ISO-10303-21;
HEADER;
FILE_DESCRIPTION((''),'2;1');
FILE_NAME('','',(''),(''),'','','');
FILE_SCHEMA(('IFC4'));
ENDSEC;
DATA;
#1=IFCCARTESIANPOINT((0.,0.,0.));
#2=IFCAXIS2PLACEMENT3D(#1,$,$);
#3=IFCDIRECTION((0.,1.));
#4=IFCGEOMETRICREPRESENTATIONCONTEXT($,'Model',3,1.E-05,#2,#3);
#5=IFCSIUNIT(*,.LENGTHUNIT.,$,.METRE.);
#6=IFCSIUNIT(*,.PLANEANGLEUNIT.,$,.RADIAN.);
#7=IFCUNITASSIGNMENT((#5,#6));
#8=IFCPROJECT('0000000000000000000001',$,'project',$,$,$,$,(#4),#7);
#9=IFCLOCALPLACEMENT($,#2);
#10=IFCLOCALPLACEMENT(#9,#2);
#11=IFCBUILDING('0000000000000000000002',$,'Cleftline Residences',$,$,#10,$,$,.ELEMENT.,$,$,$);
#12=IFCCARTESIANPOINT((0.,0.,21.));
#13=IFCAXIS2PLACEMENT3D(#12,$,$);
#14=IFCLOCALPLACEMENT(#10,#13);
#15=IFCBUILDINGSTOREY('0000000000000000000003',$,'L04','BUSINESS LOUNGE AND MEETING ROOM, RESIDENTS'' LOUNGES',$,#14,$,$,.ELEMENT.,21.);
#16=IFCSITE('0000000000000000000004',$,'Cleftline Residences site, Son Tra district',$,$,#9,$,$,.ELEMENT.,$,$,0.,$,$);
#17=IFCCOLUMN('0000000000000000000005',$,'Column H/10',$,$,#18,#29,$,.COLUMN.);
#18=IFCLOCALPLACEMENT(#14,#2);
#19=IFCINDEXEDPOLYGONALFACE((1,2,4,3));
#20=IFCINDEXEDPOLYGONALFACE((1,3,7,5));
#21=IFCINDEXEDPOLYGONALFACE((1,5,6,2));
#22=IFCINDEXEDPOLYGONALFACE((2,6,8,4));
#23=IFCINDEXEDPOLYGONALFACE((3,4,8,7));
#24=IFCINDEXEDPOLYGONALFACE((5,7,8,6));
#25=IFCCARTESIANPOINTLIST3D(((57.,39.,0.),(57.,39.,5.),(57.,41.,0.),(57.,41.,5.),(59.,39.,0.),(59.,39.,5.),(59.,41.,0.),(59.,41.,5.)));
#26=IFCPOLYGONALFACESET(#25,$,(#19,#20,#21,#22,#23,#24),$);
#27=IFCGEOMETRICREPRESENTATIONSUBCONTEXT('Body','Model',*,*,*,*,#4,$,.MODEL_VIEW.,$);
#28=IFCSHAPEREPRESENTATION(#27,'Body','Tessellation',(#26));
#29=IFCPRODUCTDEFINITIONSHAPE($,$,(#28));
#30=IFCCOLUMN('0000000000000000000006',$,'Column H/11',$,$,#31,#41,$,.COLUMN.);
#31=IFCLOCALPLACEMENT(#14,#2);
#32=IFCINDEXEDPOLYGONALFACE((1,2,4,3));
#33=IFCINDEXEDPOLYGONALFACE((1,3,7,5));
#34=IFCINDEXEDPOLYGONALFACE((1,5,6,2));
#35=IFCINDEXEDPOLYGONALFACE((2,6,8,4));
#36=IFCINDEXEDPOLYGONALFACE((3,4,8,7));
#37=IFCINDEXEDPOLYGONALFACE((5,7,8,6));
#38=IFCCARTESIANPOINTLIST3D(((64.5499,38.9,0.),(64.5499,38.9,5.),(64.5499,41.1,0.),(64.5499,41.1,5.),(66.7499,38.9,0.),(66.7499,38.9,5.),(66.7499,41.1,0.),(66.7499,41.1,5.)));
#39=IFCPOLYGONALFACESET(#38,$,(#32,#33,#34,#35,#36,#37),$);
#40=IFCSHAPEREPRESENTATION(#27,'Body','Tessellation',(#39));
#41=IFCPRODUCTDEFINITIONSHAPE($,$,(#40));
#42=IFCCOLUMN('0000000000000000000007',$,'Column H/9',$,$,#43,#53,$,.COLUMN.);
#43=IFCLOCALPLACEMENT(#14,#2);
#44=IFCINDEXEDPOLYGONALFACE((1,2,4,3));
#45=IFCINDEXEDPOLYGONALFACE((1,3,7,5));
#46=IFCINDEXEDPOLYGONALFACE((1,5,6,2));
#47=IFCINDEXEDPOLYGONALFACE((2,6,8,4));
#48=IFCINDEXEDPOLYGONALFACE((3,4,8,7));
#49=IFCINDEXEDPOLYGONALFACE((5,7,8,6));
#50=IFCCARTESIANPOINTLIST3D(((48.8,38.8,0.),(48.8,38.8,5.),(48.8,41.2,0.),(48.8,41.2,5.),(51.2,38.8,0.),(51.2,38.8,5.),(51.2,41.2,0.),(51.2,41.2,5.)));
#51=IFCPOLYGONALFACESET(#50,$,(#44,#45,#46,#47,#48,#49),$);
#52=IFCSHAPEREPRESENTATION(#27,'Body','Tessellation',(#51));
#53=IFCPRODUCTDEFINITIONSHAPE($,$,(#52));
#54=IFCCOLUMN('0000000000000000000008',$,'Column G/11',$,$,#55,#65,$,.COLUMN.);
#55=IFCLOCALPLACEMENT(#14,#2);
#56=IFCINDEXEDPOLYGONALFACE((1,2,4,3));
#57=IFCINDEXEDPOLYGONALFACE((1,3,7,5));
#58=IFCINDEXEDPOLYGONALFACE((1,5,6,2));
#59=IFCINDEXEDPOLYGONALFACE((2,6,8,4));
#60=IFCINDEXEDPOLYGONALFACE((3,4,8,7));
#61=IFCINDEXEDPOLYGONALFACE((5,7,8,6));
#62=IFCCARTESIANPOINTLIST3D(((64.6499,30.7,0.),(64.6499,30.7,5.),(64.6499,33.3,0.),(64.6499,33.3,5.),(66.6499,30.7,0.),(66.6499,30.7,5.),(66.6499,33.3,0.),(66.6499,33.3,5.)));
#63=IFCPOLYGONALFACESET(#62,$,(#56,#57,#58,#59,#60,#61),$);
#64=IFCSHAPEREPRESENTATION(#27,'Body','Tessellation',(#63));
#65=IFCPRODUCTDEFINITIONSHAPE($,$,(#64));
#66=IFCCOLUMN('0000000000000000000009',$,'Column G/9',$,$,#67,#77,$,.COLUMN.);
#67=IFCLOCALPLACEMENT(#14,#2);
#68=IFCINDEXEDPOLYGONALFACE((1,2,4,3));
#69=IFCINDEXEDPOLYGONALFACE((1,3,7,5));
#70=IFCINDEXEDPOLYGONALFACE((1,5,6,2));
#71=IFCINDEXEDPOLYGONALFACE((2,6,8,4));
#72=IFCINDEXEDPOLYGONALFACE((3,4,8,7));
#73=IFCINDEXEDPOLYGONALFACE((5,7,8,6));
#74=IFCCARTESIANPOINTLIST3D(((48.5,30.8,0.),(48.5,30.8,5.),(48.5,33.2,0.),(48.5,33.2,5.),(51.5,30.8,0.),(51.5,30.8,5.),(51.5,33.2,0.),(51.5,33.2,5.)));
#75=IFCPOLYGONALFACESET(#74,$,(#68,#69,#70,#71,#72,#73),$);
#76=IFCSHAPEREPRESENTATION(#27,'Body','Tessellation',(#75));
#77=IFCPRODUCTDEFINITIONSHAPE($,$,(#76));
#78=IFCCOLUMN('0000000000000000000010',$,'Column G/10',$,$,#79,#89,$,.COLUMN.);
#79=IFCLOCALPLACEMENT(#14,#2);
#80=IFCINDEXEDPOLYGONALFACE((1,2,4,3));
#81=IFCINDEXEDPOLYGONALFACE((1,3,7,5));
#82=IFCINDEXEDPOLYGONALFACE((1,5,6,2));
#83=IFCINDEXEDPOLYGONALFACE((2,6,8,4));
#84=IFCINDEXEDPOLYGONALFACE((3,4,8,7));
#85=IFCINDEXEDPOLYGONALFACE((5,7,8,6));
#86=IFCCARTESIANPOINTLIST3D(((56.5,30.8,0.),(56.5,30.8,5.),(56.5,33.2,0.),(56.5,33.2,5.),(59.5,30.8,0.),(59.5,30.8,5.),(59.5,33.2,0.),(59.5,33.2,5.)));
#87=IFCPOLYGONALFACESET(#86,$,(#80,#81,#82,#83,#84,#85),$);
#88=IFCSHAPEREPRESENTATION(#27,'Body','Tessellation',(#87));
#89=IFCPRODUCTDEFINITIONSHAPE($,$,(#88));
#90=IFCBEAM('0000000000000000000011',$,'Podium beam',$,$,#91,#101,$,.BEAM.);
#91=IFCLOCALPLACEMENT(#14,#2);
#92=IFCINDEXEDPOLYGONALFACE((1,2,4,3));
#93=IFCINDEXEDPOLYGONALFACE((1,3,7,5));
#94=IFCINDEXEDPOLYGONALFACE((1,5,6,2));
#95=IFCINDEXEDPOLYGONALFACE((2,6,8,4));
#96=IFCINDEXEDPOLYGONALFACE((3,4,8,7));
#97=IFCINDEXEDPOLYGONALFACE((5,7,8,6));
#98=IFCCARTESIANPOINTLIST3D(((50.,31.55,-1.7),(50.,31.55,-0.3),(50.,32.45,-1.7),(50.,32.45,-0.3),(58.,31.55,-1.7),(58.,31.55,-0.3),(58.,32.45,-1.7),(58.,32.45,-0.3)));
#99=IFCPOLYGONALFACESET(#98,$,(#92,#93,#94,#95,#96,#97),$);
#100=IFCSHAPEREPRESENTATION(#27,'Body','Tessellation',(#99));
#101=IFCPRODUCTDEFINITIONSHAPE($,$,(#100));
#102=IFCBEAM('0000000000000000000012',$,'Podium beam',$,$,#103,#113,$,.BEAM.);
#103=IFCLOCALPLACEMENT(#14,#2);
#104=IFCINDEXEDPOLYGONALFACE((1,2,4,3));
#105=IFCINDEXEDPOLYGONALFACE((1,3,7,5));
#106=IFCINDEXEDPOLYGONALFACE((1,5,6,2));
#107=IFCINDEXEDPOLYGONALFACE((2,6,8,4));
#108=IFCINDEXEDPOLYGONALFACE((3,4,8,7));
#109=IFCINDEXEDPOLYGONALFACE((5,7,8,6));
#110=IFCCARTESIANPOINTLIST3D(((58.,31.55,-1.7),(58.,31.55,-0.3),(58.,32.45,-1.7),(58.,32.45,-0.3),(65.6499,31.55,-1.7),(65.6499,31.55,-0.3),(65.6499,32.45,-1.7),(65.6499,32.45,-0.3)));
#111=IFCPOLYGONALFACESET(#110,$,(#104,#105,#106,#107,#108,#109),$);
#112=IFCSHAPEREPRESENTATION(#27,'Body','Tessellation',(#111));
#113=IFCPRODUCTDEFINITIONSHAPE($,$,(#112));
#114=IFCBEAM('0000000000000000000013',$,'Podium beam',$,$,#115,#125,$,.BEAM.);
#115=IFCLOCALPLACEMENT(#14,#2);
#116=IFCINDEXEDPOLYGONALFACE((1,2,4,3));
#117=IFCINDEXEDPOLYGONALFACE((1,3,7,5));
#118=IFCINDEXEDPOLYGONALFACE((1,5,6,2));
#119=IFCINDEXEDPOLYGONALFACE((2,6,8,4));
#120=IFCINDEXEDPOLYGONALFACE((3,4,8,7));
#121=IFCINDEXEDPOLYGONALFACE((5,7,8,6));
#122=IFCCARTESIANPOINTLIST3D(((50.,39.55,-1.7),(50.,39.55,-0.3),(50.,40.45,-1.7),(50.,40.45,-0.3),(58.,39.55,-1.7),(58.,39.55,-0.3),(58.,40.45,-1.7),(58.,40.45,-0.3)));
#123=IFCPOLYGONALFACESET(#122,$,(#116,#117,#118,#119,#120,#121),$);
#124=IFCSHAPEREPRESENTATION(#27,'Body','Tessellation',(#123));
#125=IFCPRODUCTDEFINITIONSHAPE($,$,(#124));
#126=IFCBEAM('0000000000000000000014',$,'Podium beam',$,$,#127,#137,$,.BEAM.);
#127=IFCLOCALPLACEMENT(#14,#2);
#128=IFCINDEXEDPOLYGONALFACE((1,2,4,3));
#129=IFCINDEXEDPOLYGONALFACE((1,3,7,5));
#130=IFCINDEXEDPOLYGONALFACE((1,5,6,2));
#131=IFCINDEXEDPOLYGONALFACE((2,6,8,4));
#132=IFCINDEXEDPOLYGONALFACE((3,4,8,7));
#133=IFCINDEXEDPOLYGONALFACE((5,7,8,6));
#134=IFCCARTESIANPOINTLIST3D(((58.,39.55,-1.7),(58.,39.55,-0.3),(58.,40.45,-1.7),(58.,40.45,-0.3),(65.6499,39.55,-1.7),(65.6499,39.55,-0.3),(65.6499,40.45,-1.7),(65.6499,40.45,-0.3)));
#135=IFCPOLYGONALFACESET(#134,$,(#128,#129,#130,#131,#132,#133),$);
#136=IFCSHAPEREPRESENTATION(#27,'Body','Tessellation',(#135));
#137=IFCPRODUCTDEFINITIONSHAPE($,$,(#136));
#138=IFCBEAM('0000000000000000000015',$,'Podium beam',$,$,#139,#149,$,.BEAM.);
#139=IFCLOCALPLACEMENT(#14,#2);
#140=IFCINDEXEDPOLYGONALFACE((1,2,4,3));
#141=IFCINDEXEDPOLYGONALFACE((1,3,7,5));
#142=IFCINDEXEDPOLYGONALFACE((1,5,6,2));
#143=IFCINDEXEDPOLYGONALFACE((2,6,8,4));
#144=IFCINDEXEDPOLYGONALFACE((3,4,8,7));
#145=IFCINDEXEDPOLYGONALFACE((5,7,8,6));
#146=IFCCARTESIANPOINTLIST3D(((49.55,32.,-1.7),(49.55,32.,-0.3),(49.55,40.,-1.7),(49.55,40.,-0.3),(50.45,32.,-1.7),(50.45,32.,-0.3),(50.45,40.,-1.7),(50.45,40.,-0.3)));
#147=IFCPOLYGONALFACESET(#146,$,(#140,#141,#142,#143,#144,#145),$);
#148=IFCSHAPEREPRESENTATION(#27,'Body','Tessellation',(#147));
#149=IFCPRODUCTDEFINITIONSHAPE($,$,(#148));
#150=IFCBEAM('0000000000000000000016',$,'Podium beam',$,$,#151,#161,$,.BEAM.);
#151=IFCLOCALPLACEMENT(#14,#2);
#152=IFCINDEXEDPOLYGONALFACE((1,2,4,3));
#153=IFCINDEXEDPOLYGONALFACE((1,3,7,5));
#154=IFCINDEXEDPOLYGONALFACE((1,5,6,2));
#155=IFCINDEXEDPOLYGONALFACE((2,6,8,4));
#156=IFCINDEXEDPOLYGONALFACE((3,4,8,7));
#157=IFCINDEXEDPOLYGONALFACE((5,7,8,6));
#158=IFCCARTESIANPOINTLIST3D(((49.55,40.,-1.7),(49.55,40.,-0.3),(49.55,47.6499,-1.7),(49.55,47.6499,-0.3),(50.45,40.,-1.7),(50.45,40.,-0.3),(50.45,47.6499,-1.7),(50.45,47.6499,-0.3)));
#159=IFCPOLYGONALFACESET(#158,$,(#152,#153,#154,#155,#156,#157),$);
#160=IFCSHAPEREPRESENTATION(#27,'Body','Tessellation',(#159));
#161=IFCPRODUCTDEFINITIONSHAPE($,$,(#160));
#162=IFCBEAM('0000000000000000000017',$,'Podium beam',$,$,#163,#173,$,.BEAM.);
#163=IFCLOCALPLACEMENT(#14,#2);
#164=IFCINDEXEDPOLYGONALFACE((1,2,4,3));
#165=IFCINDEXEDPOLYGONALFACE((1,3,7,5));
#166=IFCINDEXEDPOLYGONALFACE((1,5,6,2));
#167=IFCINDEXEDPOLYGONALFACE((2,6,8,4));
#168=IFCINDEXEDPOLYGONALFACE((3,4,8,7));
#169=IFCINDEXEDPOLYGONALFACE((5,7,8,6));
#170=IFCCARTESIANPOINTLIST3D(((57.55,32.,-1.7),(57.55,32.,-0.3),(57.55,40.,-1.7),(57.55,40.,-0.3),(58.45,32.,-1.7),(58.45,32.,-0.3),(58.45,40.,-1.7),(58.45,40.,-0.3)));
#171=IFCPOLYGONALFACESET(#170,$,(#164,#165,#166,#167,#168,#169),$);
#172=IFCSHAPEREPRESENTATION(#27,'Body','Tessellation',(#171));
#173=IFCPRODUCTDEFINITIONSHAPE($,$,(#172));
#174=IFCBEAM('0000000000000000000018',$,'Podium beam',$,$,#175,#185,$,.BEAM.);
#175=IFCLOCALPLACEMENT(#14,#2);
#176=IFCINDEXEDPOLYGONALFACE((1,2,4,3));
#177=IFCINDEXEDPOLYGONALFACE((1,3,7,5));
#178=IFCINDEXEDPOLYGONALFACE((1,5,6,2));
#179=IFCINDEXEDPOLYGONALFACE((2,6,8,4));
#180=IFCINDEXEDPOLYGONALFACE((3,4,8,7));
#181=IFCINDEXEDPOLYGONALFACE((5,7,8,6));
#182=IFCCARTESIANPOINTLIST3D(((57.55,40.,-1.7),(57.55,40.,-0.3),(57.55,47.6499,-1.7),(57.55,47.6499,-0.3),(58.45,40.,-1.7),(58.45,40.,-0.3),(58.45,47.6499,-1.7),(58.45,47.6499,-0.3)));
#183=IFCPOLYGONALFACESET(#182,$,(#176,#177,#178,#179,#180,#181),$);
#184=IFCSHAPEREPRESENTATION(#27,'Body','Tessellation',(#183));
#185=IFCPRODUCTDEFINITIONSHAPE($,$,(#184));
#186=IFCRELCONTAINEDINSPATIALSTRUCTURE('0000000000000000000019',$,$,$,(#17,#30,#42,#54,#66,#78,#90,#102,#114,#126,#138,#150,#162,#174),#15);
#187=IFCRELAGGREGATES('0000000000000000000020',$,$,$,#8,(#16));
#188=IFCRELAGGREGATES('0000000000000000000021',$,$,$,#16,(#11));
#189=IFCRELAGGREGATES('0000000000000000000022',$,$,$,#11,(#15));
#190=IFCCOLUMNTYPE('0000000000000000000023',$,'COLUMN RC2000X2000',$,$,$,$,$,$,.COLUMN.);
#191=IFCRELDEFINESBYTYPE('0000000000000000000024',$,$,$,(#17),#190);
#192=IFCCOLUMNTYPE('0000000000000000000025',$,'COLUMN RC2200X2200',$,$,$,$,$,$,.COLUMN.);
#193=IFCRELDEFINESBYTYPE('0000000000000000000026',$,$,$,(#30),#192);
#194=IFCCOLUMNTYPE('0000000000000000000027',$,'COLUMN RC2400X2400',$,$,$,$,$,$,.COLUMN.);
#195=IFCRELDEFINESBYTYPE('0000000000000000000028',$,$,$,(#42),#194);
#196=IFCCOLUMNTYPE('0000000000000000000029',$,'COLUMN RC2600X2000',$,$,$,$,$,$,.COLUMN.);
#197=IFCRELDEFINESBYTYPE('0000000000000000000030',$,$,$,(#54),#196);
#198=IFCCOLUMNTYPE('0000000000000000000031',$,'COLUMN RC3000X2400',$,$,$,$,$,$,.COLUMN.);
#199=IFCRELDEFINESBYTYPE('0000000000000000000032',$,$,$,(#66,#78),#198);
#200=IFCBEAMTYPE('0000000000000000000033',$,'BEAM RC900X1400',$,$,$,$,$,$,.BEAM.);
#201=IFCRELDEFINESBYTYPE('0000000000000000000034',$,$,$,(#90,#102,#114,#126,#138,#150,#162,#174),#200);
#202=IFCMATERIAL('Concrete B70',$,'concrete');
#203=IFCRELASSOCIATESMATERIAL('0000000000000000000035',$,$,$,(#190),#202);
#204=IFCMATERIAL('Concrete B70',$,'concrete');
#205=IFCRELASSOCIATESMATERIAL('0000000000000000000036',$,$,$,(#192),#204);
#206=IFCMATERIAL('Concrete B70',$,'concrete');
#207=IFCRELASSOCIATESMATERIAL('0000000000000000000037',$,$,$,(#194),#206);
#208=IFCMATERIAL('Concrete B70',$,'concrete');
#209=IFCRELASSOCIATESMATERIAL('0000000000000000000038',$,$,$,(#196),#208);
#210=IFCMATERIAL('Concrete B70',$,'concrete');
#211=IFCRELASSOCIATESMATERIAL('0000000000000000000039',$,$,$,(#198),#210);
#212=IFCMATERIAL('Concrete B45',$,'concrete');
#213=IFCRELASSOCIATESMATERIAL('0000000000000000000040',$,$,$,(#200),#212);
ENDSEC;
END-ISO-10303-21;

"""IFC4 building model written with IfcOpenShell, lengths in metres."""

from ifc_helpers import new_model, si_unit, direction, frame, origin, origin_2d, place, context, subcontext, project, spatial, rectangle, extrude, material, material_profile, profile_set, type_object, element, save


model = new_model("IFC4")

# Units and contexts
model_context = context("Model", 3, precision=1e-05, world=origin(), true_north=direction((0.0, 1.0)))
body_context = subcontext(model_context, "Body", "Model", "MODEL_VIEW")
ifc_project = project(units=[si_unit("LENGTHUNIT", "METRE"), si_unit("PLANEANGLEUNIT", "RADIAN")], contexts=[model_context])

# Site, building, storey
site_placement = place(None, origin())
site = spatial("IfcSite", under=ifc_project, at=site_placement, Name="Cleftline Residences site, Son Tra district", CompositionType="ELEMENT", RefElevation=0.0)
building_placement = place(site_placement, origin())
building = spatial("IfcBuilding", under=site, at=building_placement, Name="Cleftline Residences", CompositionType="ELEMENT")
storey_placement = place(building_placement, frame((0.0, 0.0, 21.0)))
storey = spatial("IfcBuildingStorey", under=building, at=storey_placement, Name="L04", Description="BUSINESS LOUNGE AND MEETING ROOM, RESIDENTS' LOUNGES", CompositionType="ELEMENT", Elevation=21.0)

# Columns
ifc_material_1 = material(Name="Concrete B70", Category="concrete")
ifc_material_profile_1 = material_profile(ifc_material_1, rectangle(XDim=2.0, YDim=2.0, at=origin_2d()))
ifc_profile_set_1 = profile_set([ifc_material_profile_1], Name="Concrete B70")
column_type_1 = type_object("IfcColumnType", Name="COLUMN RC2000X2000", PredefinedType="COLUMN", material=ifc_profile_set_1)
column_1_placement = place(storey_placement, frame((58.0, 40.0, 0.0), z_axis=(0.0, 0.0, 1.0), x_axis=(1.0, 0.0, 0.0)))
element("IfcColumn", 1, at=column_1_placement, inside=storey, type_object=column_type_1, Name="Column H/10", PredefinedType="COLUMN", context=body_context, shape_type="SweptSolid", body=[
    extrude(rectangle(XDim=2.0, YDim=2.0, at=origin_2d()), origin(), (0.0, 0.0, 1.0), 5.0),
])
ifc_material_2 = material(Name="Concrete B70", Category="concrete")
ifc_material_profile_2 = material_profile(ifc_material_2, rectangle(XDim=2.2, YDim=2.2, at=origin_2d()))
ifc_profile_set_2 = profile_set([ifc_material_profile_2], Name="Concrete B70")
column_type_2 = type_object("IfcColumnType", Name="COLUMN RC2200X2200", PredefinedType="COLUMN", material=ifc_profile_set_2)
column_2_placement = place(storey_placement, frame((65.6499, 40.0, 0.0), z_axis=(0.0, 0.0, 1.0), x_axis=(1.0, 0.0, 0.0)))
element("IfcColumn", 2, at=column_2_placement, inside=storey, type_object=column_type_2, Name="Column H/11", PredefinedType="COLUMN", context=body_context, shape_type="SweptSolid", body=[
    extrude(rectangle(XDim=2.2, YDim=2.2, at=origin_2d()), origin(), (0.0, 0.0, 1.0), 5.0),
])
ifc_material_3 = material(Name="Concrete B70", Category="concrete")
ifc_material_profile_3 = material_profile(ifc_material_3, rectangle(XDim=2.3999, YDim=2.3999, at=origin_2d()))
ifc_profile_set_3 = profile_set([ifc_material_profile_3], Name="Concrete B70")
column_type_3 = type_object("IfcColumnType", Name="COLUMN RC2400X2400", PredefinedType="COLUMN", material=ifc_profile_set_3)
column_3_placement = place(storey_placement, frame((50.0, 40.0, 0.0), z_axis=(0.0, 0.0, 1.0), x_axis=(1.0, 0.0, 0.0)))
element("IfcColumn", 3, at=column_3_placement, inside=storey, type_object=column_type_3, Name="Column H/9", PredefinedType="COLUMN", context=body_context, shape_type="SweptSolid", body=[
    extrude(rectangle(XDim=2.3999, YDim=2.3999, at=origin_2d()), origin(), (0.0, 0.0, 1.0), 5.0),
])
ifc_material_4 = material(Name="Concrete B70", Category="concrete")
ifc_material_profile_4 = material_profile(ifc_material_4, rectangle(XDim=2.6001, YDim=2.0, at=origin_2d()))
ifc_profile_set_4 = profile_set([ifc_material_profile_4], Name="Concrete B70")
column_type_4 = type_object("IfcColumnType", Name="COLUMN RC2600X2000", PredefinedType="COLUMN", material=ifc_profile_set_4)
column_4_placement = place(storey_placement, frame((65.6499, 32.0, 0.0), z_axis=(0.0, 0.0, 1.0), x_axis=(0.0, 1.0, 0.0)))
element("IfcColumn", 4, at=column_4_placement, inside=storey, type_object=column_type_4, Name="Column G/11", PredefinedType="COLUMN", context=body_context, shape_type="SweptSolid", body=[
    extrude(rectangle(XDim=2.6001, YDim=2.0, at=origin_2d()), origin(), (0.0, 0.0, 1.0), 5.0),
])
ifc_material_5 = material(Name="Concrete B70", Category="concrete")
ifc_material_profile_5 = material_profile(ifc_material_5, rectangle(XDim=3.0, YDim=2.3999, at=origin_2d()))
ifc_profile_set_5 = profile_set([ifc_material_profile_5], Name="Concrete B70")
column_type_5 = type_object("IfcColumnType", Name="COLUMN RC3000X2400", PredefinedType="COLUMN", material=ifc_profile_set_5)
for number, where, z_axis, x_axis, name in (
    (5, (50.0, 32.0, 0.0), (0.0, 0.0, 1.0), (1.0, 0.0, 0.0), "Column G/9"),
    (6, (58.0, 32.0, 0.0), (0.0, 0.0, 1.0), (1.0, 0.0, 0.0), "Column G/10"),
):
    element("IfcColumn", number, at=place(storey_placement, frame(where, z_axis=z_axis, x_axis=x_axis)), inside=storey, type_object=column_type_5, Name=name, PredefinedType="COLUMN", context=body_context, shape_type="SweptSolid", body=[
        extrude(rectangle(XDim=3.0, YDim=2.3999, at=origin_2d()), origin(), (0.0, 0.0, 1.0), 5.0),
    ])

# Beams
ifc_material_6 = material(Name="Concrete B45", Category="concrete")
ifc_material_profile_6 = material_profile(ifc_material_6, rectangle(XDim=0.8999, YDim=1.3999, at=origin_2d()))
ifc_profile_set_6 = profile_set([ifc_material_profile_6], Name="Concrete B45")
beam_type = type_object("IfcBeamType", Name="BEAM RC900X1400", PredefinedType="BEAM", material=ifc_profile_set_6)
beam_1_placement = place(storey_placement, frame((50.0, 32.0, -1.0), z_axis=(1.0, 0.0, 0.0), x_axis=(0.0, 1.0, 0.0)))
element("IfcBeam", 7, at=beam_1_placement, inside=storey, type_object=beam_type, Name="Podium beam", PredefinedType="BEAM", context=body_context, shape_type="SweptSolid", body=[
    extrude(rectangle(XDim=0.8999, YDim=1.3999, at=origin_2d()), origin(), (0.0, 0.0, 1.0), 8.0),
])
beam_2_placement = place(storey_placement, frame((58.0, 32.0, -1.0), z_axis=(1.0, 0.0, 0.0), x_axis=(0.0, 1.0, 0.0)))
element("IfcBeam", 8, at=beam_2_placement, inside=storey, type_object=beam_type, Name="Podium beam", PredefinedType="BEAM", context=body_context, shape_type="SweptSolid", body=[
    extrude(rectangle(XDim=0.8999, YDim=1.3999, at=origin_2d()), origin(), (0.0, 0.0, 1.0), 7.6499),
])
beam_3_placement = place(storey_placement, frame((50.0, 40.0, -1.0), z_axis=(1.0, 0.0, 0.0), x_axis=(0.0, 1.0, 0.0)))
element("IfcBeam", 9, at=beam_3_placement, inside=storey, type_object=beam_type, Name="Podium beam", PredefinedType="BEAM", context=body_context, shape_type="SweptSolid", body=[
    extrude(rectangle(XDim=0.8999, YDim=1.3999, at=origin_2d()), origin(), (0.0, 0.0, 1.0), 8.0),
])
beam_4_placement = place(storey_placement, frame((58.0, 40.0, -1.0), z_axis=(1.0, 0.0, 0.0), x_axis=(0.0, 1.0, 0.0)))
element("IfcBeam", 10, at=beam_4_placement, inside=storey, type_object=beam_type, Name="Podium beam", PredefinedType="BEAM", context=body_context, shape_type="SweptSolid", body=[
    extrude(rectangle(XDim=0.8999, YDim=1.3999, at=origin_2d()), origin(), (0.0, 0.0, 1.0), 7.6499),
])
beam_5_placement = place(storey_placement, frame((50.0, 32.0, -1.0), z_axis=(0.0, 1.0, 0.0), x_axis=(-1.0, 0.0, 0.0)))
element("IfcBeam", 11, at=beam_5_placement, inside=storey, type_object=beam_type, Name="Podium beam", PredefinedType="BEAM", context=body_context, shape_type="SweptSolid", body=[
    extrude(rectangle(XDim=0.8999, YDim=1.3999, at=origin_2d()), origin(), (0.0, 0.0, 1.0), 8.0),
])
beam_6_placement = place(storey_placement, frame((50.0, 40.0, -1.0), z_axis=(0.0, 1.0, 0.0), x_axis=(-1.0, 0.0, 0.0)))
element("IfcBeam", 12, at=beam_6_placement, inside=storey, type_object=beam_type, Name="Podium beam", PredefinedType="BEAM", context=body_context, shape_type="SweptSolid", body=[
    extrude(rectangle(XDim=0.8999, YDim=1.3999, at=origin_2d()), origin(), (0.0, 0.0, 1.0), 7.6499),
])
beam_7_placement = place(storey_placement, frame((58.0, 32.0, -1.0), z_axis=(0.0, 1.0, 0.0), x_axis=(-1.0, 0.0, 0.0)))
element("IfcBeam", 13, at=beam_7_placement, inside=storey, type_object=beam_type, Name="Podium beam", PredefinedType="BEAM", context=body_context, shape_type="SweptSolid", body=[
    extrude(rectangle(XDim=0.8999, YDim=1.3999, at=origin_2d()), origin(), (0.0, 0.0, 1.0), 8.0),
])
beam_8_placement = place(storey_placement, frame((58.0, 40.0, -1.0), z_axis=(0.0, 1.0, 0.0), x_axis=(-1.0, 0.0, 0.0)))
element("IfcBeam", 14, at=beam_8_placement, inside=storey, type_object=beam_type, Name="Podium beam", PredefinedType="BEAM", context=body_context, shape_type="SweptSolid", body=[
    extrude(rectangle(XDim=0.8999, YDim=1.3999, at=origin_2d()), origin(), (0.0, 0.0, 1.0), 7.6499),
])

save(model, "model.ifc")
